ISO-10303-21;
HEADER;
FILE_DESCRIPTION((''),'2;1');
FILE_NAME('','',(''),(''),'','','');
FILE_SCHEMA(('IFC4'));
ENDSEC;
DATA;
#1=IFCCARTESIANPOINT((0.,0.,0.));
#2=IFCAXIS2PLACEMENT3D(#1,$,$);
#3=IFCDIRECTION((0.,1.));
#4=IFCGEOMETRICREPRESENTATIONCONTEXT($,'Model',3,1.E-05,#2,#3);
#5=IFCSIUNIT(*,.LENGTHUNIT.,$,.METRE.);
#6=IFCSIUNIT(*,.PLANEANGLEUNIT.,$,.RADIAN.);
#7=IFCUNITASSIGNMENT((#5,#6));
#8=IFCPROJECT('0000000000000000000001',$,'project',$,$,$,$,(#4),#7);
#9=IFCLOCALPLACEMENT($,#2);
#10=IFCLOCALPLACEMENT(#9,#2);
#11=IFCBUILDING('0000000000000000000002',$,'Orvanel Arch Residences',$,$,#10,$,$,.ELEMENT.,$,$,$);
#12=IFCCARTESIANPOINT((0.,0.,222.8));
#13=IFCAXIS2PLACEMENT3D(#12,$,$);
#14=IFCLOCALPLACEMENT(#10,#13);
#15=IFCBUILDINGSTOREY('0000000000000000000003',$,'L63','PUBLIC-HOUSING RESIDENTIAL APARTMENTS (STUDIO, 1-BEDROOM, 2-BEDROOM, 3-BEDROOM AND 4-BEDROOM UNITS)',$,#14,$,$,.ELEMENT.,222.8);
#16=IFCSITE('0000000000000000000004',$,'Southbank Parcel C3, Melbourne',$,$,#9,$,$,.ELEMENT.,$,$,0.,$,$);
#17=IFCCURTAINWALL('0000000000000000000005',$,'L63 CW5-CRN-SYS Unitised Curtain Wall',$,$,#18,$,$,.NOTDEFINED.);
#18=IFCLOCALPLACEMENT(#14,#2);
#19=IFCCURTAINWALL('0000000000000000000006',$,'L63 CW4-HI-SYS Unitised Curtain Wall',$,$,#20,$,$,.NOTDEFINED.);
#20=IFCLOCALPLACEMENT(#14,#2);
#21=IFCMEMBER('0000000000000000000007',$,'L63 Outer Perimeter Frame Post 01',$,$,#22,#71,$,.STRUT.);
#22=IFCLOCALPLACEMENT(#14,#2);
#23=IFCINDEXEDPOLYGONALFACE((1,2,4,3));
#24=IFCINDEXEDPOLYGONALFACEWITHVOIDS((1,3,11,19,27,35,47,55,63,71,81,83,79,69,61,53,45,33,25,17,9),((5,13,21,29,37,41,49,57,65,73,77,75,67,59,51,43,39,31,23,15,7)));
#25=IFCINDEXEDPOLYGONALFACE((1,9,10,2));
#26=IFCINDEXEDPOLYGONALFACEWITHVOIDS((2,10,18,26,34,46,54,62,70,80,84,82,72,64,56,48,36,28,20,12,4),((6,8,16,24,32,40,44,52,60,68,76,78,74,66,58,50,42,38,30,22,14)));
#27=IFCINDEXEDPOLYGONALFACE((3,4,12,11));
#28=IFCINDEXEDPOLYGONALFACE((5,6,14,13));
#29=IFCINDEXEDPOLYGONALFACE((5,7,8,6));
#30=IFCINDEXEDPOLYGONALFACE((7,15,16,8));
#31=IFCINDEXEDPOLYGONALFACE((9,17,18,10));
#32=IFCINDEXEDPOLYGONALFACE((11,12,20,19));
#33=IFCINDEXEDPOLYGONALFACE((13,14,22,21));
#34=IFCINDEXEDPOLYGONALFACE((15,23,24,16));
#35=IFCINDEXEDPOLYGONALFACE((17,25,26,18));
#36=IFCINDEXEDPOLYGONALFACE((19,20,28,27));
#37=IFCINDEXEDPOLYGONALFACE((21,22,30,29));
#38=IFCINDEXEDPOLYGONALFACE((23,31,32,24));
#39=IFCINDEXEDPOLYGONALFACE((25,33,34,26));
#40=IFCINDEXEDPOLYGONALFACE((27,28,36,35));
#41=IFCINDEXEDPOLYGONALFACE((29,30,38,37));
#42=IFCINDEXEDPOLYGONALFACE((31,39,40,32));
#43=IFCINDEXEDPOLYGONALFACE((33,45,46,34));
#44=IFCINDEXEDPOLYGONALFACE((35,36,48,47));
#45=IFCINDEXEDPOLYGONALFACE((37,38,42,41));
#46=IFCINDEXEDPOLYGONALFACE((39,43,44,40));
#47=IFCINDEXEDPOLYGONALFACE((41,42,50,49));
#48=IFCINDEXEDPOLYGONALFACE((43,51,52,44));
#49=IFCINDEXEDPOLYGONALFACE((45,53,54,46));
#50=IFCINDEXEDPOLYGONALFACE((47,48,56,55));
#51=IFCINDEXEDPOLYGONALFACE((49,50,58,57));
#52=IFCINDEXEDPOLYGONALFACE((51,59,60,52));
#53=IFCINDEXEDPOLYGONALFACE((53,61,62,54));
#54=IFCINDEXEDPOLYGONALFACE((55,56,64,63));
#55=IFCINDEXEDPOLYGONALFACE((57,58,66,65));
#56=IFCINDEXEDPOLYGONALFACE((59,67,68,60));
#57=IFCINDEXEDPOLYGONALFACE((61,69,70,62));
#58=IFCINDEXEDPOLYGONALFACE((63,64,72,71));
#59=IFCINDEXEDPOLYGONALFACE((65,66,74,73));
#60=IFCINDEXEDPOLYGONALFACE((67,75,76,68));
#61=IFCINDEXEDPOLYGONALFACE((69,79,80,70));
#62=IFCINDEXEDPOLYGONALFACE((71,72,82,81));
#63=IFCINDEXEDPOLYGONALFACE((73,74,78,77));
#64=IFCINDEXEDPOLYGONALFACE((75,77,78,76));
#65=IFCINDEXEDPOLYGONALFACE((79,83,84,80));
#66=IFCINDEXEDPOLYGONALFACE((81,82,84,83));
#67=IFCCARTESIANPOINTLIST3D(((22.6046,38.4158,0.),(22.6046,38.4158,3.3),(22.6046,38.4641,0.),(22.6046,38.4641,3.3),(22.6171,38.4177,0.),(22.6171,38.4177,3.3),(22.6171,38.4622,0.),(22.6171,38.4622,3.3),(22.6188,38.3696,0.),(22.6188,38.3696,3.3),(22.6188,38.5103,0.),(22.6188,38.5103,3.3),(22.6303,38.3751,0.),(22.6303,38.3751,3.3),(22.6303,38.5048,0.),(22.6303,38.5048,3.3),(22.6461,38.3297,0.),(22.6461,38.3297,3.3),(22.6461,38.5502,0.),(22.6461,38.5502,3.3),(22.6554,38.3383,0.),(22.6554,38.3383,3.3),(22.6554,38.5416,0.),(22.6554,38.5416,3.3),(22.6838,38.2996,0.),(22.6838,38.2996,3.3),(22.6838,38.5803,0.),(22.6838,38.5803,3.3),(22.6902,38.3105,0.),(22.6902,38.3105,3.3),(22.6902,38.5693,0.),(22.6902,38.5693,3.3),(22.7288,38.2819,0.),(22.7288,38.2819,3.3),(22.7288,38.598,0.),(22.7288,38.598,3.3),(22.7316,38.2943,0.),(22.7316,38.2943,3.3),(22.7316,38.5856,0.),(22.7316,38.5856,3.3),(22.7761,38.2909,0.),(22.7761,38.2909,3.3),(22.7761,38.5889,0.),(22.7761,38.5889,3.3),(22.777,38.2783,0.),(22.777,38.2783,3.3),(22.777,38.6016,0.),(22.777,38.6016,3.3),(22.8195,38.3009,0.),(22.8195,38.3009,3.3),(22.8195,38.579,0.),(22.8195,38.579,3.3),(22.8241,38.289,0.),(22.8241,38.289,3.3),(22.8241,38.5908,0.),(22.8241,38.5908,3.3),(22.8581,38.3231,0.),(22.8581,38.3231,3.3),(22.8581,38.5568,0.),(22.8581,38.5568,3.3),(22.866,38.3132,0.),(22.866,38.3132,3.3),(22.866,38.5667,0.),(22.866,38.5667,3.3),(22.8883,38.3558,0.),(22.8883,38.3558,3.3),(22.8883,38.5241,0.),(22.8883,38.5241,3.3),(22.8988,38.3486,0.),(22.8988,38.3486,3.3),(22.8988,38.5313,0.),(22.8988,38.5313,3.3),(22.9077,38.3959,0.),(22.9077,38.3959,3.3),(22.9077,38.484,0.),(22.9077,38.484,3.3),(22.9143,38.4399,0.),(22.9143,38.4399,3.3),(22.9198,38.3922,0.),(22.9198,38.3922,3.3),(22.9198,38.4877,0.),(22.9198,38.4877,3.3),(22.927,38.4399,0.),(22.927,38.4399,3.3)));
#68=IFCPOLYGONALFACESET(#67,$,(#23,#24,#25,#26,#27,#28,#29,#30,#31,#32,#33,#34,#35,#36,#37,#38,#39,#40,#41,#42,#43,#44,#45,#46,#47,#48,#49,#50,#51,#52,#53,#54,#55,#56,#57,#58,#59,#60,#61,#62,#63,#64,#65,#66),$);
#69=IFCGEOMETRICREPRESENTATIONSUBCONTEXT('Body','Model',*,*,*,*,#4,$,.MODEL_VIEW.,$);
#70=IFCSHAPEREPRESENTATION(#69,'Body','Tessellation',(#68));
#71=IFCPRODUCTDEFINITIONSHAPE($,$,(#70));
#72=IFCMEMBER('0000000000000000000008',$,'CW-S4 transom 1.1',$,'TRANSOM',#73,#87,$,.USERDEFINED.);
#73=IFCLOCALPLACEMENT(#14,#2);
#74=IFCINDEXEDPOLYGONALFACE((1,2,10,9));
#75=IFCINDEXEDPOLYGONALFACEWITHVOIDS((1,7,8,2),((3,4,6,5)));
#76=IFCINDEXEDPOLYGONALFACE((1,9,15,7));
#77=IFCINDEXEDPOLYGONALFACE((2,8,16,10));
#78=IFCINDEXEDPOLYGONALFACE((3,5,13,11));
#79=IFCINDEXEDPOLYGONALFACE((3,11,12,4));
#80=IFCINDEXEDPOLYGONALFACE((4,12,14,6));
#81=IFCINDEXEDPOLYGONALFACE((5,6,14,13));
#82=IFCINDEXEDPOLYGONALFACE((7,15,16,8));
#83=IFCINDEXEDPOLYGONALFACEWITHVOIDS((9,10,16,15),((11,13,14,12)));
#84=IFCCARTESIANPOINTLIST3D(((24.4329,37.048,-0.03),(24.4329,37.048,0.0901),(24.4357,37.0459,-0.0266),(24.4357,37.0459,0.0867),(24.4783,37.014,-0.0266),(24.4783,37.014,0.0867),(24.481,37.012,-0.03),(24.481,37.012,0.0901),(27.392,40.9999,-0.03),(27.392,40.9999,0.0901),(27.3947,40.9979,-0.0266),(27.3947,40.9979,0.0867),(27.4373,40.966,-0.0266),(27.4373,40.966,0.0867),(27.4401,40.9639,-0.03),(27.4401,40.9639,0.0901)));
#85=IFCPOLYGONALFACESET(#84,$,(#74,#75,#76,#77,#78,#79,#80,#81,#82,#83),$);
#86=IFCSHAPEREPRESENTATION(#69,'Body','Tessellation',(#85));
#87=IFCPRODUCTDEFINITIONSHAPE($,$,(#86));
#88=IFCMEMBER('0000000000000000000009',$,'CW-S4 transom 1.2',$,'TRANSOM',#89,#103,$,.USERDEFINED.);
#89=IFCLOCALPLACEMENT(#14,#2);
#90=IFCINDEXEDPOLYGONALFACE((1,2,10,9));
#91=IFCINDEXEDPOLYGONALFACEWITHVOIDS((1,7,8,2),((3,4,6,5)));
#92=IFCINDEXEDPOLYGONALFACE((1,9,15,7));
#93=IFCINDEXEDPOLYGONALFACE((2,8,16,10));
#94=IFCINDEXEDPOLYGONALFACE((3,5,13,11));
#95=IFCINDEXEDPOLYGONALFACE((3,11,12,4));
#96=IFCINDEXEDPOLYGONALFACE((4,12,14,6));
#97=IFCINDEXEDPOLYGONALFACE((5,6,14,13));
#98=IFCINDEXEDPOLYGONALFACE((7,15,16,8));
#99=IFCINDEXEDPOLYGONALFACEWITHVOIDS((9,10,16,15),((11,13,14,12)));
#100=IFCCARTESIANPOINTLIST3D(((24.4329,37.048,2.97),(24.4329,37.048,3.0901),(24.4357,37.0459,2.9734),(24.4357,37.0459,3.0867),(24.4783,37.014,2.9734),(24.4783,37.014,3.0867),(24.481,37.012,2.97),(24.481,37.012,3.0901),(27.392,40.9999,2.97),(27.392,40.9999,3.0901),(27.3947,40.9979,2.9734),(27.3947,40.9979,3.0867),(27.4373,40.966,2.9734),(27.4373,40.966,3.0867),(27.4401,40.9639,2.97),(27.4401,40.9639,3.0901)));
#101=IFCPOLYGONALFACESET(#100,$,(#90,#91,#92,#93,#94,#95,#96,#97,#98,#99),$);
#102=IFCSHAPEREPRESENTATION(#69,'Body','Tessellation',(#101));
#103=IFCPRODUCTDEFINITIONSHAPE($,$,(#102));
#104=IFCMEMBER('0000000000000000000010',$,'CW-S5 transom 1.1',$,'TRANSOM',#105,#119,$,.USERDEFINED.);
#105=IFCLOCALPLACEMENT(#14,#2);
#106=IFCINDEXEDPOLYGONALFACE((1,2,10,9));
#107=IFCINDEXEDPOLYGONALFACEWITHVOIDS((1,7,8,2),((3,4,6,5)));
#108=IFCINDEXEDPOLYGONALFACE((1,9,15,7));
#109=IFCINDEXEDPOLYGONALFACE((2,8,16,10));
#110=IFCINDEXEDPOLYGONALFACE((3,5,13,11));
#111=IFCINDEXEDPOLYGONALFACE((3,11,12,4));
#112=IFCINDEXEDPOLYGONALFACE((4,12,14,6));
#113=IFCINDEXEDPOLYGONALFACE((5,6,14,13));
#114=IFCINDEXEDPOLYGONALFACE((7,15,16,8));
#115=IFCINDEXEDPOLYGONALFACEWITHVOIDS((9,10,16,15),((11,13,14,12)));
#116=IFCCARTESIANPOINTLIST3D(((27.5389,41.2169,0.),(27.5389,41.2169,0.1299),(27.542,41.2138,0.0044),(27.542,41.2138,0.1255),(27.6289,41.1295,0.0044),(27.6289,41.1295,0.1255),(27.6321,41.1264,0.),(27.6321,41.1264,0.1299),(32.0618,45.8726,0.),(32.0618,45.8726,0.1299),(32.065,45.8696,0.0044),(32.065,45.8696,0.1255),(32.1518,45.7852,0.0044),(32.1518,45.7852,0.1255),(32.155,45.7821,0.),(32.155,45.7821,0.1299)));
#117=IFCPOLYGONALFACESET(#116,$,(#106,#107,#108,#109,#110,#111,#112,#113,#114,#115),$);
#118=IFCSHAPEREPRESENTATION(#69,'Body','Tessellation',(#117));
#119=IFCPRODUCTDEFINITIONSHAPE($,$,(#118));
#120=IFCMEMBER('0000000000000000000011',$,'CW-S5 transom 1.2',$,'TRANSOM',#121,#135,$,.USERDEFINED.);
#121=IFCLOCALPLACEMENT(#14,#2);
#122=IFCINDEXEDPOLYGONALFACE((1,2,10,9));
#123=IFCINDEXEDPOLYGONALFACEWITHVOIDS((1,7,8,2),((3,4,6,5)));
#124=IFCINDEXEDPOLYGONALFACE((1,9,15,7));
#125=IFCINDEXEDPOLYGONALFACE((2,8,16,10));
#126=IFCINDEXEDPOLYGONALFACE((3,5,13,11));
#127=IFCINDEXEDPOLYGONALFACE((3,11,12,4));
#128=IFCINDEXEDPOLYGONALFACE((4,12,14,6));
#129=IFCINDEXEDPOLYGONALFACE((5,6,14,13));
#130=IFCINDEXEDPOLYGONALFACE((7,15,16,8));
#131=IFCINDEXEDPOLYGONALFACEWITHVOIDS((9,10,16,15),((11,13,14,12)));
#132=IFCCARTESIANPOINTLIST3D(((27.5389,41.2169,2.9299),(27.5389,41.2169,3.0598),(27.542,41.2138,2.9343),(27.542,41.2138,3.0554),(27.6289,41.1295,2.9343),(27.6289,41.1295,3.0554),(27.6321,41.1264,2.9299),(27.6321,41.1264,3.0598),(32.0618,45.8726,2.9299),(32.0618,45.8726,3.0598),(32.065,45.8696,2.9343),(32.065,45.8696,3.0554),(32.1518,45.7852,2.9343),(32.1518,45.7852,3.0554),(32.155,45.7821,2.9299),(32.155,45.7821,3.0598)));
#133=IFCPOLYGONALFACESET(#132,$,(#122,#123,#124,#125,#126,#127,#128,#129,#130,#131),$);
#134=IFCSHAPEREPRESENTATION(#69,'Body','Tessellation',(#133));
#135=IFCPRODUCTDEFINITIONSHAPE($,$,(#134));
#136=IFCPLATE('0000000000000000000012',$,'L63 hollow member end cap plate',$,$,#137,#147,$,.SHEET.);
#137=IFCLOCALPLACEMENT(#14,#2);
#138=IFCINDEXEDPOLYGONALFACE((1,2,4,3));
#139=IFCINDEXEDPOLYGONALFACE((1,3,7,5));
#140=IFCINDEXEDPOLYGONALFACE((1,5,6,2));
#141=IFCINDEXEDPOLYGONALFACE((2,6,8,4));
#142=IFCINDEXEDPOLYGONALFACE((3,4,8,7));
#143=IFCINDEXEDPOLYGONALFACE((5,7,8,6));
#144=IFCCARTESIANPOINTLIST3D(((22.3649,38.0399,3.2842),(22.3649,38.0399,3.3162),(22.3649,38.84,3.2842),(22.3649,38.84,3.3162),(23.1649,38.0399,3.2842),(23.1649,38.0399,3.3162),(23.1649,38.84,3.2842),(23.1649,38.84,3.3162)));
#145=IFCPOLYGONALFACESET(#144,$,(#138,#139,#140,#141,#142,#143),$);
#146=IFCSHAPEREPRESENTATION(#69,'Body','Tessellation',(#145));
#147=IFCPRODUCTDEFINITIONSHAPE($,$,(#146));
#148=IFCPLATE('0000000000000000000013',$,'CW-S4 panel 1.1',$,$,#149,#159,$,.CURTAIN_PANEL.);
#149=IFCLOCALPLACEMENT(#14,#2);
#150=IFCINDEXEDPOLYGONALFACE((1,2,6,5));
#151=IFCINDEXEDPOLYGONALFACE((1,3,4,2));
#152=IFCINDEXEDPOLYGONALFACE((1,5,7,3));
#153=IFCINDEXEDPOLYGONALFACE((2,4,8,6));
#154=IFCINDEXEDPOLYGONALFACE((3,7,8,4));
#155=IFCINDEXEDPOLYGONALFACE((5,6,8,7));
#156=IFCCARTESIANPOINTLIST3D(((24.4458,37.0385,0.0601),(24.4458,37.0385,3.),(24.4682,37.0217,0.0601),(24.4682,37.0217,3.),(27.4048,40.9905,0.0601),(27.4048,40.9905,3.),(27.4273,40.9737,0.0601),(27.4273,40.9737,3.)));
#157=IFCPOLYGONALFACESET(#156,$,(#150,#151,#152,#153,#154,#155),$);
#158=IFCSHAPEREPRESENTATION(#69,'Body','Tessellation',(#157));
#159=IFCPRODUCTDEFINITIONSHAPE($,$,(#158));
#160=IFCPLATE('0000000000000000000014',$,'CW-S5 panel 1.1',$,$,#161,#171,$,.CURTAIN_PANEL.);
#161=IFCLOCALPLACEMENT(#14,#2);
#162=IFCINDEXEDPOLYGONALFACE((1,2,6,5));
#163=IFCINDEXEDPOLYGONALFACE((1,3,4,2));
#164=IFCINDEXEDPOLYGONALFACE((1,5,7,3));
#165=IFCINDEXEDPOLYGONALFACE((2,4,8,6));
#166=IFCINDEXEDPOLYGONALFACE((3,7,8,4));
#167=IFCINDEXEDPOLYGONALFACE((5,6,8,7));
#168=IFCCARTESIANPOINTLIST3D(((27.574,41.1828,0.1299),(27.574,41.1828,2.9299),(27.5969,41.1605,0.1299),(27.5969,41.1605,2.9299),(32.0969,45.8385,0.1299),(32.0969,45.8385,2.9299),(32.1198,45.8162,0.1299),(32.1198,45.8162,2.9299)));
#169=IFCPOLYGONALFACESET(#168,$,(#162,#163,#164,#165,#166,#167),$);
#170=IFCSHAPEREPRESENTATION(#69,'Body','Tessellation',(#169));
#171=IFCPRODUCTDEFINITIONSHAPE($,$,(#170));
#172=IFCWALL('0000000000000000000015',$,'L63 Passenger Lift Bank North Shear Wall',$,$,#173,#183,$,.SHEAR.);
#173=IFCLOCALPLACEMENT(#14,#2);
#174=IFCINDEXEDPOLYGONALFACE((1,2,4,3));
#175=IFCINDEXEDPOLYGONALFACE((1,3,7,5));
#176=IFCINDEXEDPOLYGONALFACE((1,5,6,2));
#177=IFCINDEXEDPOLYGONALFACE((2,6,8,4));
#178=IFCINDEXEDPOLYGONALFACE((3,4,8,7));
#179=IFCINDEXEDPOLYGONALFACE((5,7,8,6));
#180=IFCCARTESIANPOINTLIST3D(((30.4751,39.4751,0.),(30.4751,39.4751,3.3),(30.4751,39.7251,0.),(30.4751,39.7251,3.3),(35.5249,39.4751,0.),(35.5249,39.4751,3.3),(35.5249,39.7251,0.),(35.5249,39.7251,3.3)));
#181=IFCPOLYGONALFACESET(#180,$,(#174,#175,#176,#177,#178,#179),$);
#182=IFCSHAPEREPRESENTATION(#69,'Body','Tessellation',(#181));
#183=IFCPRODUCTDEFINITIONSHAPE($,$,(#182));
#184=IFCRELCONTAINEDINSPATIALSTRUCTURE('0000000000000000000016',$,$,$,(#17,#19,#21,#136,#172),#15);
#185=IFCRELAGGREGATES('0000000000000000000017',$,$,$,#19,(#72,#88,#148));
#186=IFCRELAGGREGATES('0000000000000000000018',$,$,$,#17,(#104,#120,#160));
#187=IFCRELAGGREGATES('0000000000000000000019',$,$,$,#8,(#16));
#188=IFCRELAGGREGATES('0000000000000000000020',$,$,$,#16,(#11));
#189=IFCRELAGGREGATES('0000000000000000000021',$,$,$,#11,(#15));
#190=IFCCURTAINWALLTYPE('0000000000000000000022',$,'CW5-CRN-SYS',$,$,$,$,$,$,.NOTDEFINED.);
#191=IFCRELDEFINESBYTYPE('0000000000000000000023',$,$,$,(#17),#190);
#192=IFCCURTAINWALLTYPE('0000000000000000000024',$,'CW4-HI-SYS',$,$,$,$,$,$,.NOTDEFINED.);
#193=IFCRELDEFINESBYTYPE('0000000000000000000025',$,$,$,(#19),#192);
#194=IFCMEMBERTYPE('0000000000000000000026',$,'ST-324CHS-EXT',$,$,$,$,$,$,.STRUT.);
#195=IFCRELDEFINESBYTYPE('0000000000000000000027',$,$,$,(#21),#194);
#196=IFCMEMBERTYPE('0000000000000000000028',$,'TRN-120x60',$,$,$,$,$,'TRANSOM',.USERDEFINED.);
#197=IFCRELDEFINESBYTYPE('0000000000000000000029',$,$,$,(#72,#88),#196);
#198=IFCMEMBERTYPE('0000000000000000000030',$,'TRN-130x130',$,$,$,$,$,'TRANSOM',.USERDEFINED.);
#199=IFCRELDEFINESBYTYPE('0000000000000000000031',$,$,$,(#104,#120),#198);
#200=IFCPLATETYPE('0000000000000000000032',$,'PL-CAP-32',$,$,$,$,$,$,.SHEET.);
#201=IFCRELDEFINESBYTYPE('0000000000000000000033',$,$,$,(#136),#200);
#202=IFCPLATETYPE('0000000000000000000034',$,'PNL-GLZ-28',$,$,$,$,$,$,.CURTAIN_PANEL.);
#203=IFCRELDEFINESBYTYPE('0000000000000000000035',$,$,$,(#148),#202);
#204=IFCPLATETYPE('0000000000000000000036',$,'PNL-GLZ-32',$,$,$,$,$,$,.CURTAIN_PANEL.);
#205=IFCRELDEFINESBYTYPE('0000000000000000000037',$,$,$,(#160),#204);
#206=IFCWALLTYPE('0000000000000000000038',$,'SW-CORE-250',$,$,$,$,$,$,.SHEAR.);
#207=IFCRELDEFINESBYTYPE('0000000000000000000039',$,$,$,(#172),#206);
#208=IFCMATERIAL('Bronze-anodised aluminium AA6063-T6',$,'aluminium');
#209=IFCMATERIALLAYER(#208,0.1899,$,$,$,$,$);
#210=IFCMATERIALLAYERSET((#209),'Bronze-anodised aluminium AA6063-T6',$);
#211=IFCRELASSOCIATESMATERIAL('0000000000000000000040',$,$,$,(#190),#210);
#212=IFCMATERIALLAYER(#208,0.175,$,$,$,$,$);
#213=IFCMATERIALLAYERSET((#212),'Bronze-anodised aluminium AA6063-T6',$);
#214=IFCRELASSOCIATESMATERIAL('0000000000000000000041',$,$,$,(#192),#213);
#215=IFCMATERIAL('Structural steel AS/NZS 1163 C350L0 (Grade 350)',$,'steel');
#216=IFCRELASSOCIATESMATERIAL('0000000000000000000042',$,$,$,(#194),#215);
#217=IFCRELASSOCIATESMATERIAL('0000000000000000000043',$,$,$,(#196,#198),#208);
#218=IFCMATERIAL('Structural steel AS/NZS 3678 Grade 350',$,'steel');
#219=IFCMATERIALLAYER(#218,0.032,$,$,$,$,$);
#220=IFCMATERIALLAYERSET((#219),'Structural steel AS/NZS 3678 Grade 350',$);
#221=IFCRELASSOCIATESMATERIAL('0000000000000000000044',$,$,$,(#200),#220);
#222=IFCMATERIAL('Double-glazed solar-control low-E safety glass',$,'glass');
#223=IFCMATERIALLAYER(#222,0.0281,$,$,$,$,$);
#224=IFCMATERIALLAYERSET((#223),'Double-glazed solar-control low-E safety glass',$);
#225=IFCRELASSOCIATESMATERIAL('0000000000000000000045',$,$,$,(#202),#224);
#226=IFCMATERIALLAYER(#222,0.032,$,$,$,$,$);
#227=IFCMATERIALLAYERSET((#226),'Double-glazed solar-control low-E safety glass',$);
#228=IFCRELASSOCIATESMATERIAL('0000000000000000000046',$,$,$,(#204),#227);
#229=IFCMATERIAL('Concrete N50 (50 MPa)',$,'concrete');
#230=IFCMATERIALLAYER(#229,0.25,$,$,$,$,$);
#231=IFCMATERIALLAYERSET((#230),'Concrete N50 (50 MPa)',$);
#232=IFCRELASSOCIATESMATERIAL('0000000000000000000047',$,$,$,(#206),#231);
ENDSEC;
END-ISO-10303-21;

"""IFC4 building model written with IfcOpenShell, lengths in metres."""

from ifc_helpers import new_model, si_unit, direction, frame, frame_2d, origin, origin_2d, place, context, subcontext, project, spatial, rectangle, hollow_rectangle, hollow_circle, extrude, material, layer, layer_set, material_profile, profile_set, type_object, element, aggregate, save


model = new_model("IFC4")

# Units and contexts
model_context = context("Model", 3, precision=1e-05, world=origin(), true_north=direction((0.0, 1.0)))
body_context = subcontext(model_context, "Body", "Model", "MODEL_VIEW")
ifc_project = project(units=[si_unit("LENGTHUNIT", "METRE"), si_unit("PLANEANGLEUNIT", "RADIAN")], contexts=[model_context])

# Site, building, storey
site_placement = place(None, origin())
site = spatial("IfcSite", under=ifc_project, at=site_placement, Name="Southbank Parcel C3, Melbourne", CompositionType="ELEMENT", RefElevation=0.0)
building_placement = place(site_placement, origin())
building = spatial("IfcBuilding", under=site, at=building_placement, Name="Orvanel Arch Residences", CompositionType="ELEMENT")
storey_placement = place(building_placement, frame((0.0, 0.0, 222.8)))
storey = spatial("IfcBuildingStorey", under=building, at=storey_placement, Name="L63", Description="PUBLIC-HOUSING RESIDENTIAL APARTMENTS (STUDIO, 1-BEDROOM, 2-BEDROOM, 3-BEDROOM AND 4-BEDROOM UNITS)", CompositionType="ELEMENT", Elevation=222.8)

# Shared definitions
ifc_material_1 = material(Name="Bronze-anodised aluminium AA6063-T6", Category="aluminium")
ifc_layer_1 = layer(ifc_material_1, 0.1899)
ifc_layer_set_1 = layer_set([ifc_layer_1], Name="Bronze-anodised aluminium AA6063-T6")
curtain_wall_type_1 = type_object("IfcCurtainWallType", Name="CW5-CRN-SYS", PredefinedType="NOTDEFINED", material=ifc_layer_set_1)

# Curtain wall
curtain_wall_1_placement = place(storey_placement, origin())
curtain_wall_1 = element("IfcCurtainWall", 1, at=curtain_wall_1_placement, inside=storey, type_object=curtain_wall_type_1, Name="L63 CW5-CRN-SYS Unitised Curtain Wall", PredefinedType="NOTDEFINED")

# Curtain wall
ifc_layer_2 = layer(ifc_material_1, 0.175)
ifc_layer_set_2 = layer_set([ifc_layer_2], Name="Bronze-anodised aluminium AA6063-T6")
curtain_wall_type_2 = type_object("IfcCurtainWallType", Name="CW4-HI-SYS", PredefinedType="NOTDEFINED", material=ifc_layer_set_2)
curtain_wall_2_placement = place(storey_placement, origin())
curtain_wall_2 = element("IfcCurtainWall", 2, at=curtain_wall_2_placement, inside=storey, type_object=curtain_wall_type_2, Name="L63 CW4-HI-SYS Unitised Curtain Wall", PredefinedType="NOTDEFINED")

# Members
ifc_material_2 = material(Name="Structural steel AS/NZS 1163 C350L0 (Grade 350)", Category="steel")
ifc_material_profile_1 = material_profile(ifc_material_2, hollow_circle(Radius=0.1621, WallThickness=0.0127, at=origin_2d()), Name="CHS324x12.7")
ifc_profile_set_1 = profile_set([ifc_material_profile_1], Name="Structural steel AS/NZS 1163 C350L0 (Grade 350)")
member_type_1 = type_object("IfcMemberType", Name="ST-324CHS-EXT", PredefinedType="STRUT", material=ifc_profile_set_1)
member_1_placement = place(storey_placement, frame((22.7649, 38.4399, 0.0), z_axis=(0.0, 0.0, 1.0), x_axis=(1.0, 0.0, 0.0)))
element("IfcMember", 3, at=member_1_placement, inside=storey, type_object=member_type_1, Name="L63 Outer Perimeter Frame Post 01", PredefinedType="STRUT", context=body_context, shape_type="SweptSolid", body=[
    extrude(hollow_circle(Radius=0.1621, WallThickness=0.0127, at=origin_2d()), origin(), (0.0, 0.0, 1.0), 3.3),
])
ifc_material_profile_2 = material_profile(ifc_material_1, hollow_rectangle(XDim=0.0601, YDim=0.1201, WallThickness=0.0034, at=origin_2d()), Name="ALU120x60x3.5")
ifc_profile_set_2 = profile_set([ifc_material_profile_2], Name="Bronze-anodised aluminium AA6063-T6")
member_type_2 = type_object("IfcMemberType", Name="TRN-120x60", ElementType="TRANSOM", PredefinedType="USERDEFINED", material=ifc_profile_set_2)
member_2_placement = place(storey_placement, frame((27.416, 40.9819, 0.03), z_axis=(-0.599359, -0.80048, 0.0), x_axis=(0.80048, -0.599359, 0.0)))
member_2 = element("IfcMember", 4, at=member_2_placement, type_object=member_type_2, Name="CW-S4 transom 1.1", ObjectType="TRANSOM", PredefinedType="USERDEFINED", context=body_context, shape_type="SweptSolid", body=[
    extrude(hollow_rectangle(XDim=0.0601, YDim=0.1201, WallThickness=0.0034, at=origin_2d()), origin(), (0.0, 0.0, 1.0), 4.937),
])
member_3_placement = place(storey_placement, frame((27.416, 40.9819, 3.03), z_axis=(-0.599359, -0.80048, 0.0), x_axis=(0.80048, -0.599359, 0.0)))
member_3 = element("IfcMember", 5, at=member_3_placement, type_object=member_type_2, Name="CW-S4 transom 1.2", ObjectType="TRANSOM", PredefinedType="USERDEFINED", context=body_context, shape_type="SweptSolid", body=[
    extrude(hollow_rectangle(XDim=0.0601, YDim=0.1201, WallThickness=0.0034, at=origin_2d()), origin(), (0.0, 0.0, 1.0), 4.937),
])
ifc_material_profile_3 = material_profile(ifc_material_1, hollow_rectangle(XDim=0.1299, YDim=0.1299, WallThickness=0.0044, at=origin_2d()), Name="ALU130x130x4.5")
ifc_profile_set_3 = profile_set([ifc_material_profile_3], Name="Bronze-anodised aluminium AA6063-T6")
member_type_3 = type_object("IfcMemberType", Name="TRN-130x130", ElementType="TRANSOM", PredefinedType="USERDEFINED", material=ifc_profile_set_3)
member_4_placement = place(storey_placement, frame((32.1084, 45.8274, 0.0649), z_axis=(-0.696802, -0.717263, 0.0), x_axis=(0.717263, -0.696802, 0.0)))
member_4 = element("IfcMember", 6, at=member_4_placement, type_object=member_type_3, Name="CW-S5 transom 1.1", ObjectType="TRANSOM", PredefinedType="USERDEFINED", context=body_context, shape_type="SweptSolid", body=[
    extrude(hollow_rectangle(XDim=0.1299, YDim=0.1299, WallThickness=0.0044, at=origin_2d()), origin(), (0.0, 0.0, 1.0), 6.491),
])
member_5_placement = place(storey_placement, frame((32.1084, 45.8274, 2.9949), z_axis=(-0.696802, -0.717263, 0.0), x_axis=(0.717263, -0.696802, 0.0)))
member_5 = element("IfcMember", 7, at=member_5_placement, type_object=member_type_3, Name="CW-S5 transom 1.2", ObjectType="TRANSOM", PredefinedType="USERDEFINED", context=body_context, shape_type="SweptSolid", body=[
    extrude(hollow_rectangle(XDim=0.1299, YDim=0.1299, WallThickness=0.0044, at=origin_2d()), origin(), (0.0, 0.0, 1.0), 6.491),
])

# Plates
ifc_material_3 = material(Name="Structural steel AS/NZS 3678 Grade 350", Category="steel")
ifc_layer_3 = layer(ifc_material_3, 0.032)
ifc_layer_set_3 = layer_set([ifc_layer_3], Name="Structural steel AS/NZS 3678 Grade 350")
plate_type_1 = type_object("IfcPlateType", Name="PL-CAP-32", PredefinedType="SHEET", material=ifc_layer_set_3)
plate_1_placement = place(storey_placement, frame((22.7649, 38.4399, 3.2842), z_axis=(0.0, 0.0, 1.0), x_axis=(1.0, 0.0, 0.0)))
element("IfcPlate", 8, at=plate_1_placement, inside=storey, type_object=plate_type_1, Name="L63 hollow member end cap plate", PredefinedType="SHEET", context=body_context, shape_type="SweptSolid", body=[
    extrude(rectangle(XDim=0.8, YDim=0.8, at=origin_2d()), origin(), (0.0, 0.0, 1.0), 0.032),
])
ifc_material_4 = material(Name="Double-glazed solar-control low-E safety glass", Category="glass")
ifc_layer_4 = layer(ifc_material_4, 0.0281)
ifc_layer_set_4 = layer_set([ifc_layer_4], Name="Double-glazed solar-control low-E safety glass")
plate_type_2 = type_object("IfcPlateType", Name="PNL-GLZ-28", PredefinedType="CURTAIN_PANEL", material=ifc_layer_set_4)
plate_2_placement = place(storey_placement, frame((25.9365, 39.0061, 0.0601), z_axis=(0.0, 0.0, 1.0), x_axis=(-0.599364, -0.800476, 0.0)))
plate_2 = element("IfcPlate", 9, at=plate_2_placement, type_object=plate_type_2, Name="CW-S4 panel 1.1", PredefinedType="CURTAIN_PANEL", context=body_context, shape_type="SweptSolid", body=[
    extrude(rectangle(XDim=4.937, YDim=0.0281, at=origin_2d()), origin(), (0.0, 0.0, 1.0), 2.9399),
])
aggregate(curtain_wall_2, [member_2, member_3, plate_2])
ifc_layer_5 = layer(ifc_material_4, 0.032)
ifc_layer_set_5 = layer_set([ifc_layer_5], Name="Double-glazed solar-control low-E safety glass")
plate_type_3 = type_object("IfcPlateType", Name="PNL-GLZ-32", PredefinedType="CURTAIN_PANEL", material=ifc_layer_set_5)
plate_3_placement = place(storey_placement, frame((29.8469, 43.4995, 0.1299), z_axis=(0.0, 0.0, 1.0), x_axis=(-0.696799, -0.717267, 0.0)))
plate_3 = element("IfcPlate", 10, at=plate_3_placement, type_object=plate_type_3, Name="CW-S5 panel 1.1", PredefinedType="CURTAIN_PANEL", context=body_context, shape_type="SweptSolid", body=[
    extrude(rectangle(XDim=6.491, YDim=0.032, at=origin_2d()), origin(), (0.0, 0.0, 1.0), 2.8),
])
aggregate(curtain_wall_1, [member_4, member_5, plate_3])

# Wall
ifc_material_5 = material(Name="Concrete N50 (50 MPa)", Category="concrete")
ifc_layer_6 = layer(ifc_material_5, 0.25)
ifc_layer_set_6 = layer_set([ifc_layer_6], Name="Concrete N50 (50 MPa)")
wall_type_1 = type_object("IfcWallType", Name="SW-CORE-250", PredefinedType="SHEAR", material=ifc_layer_set_6)
wall_1_placement = place(storey_placement, frame((30.4751, 39.6001, 0.0), z_axis=(0.0, 0.0, 1.0), x_axis=(1.0, 0.0, 0.0)))
element("IfcWall", 11, at=wall_1_placement, inside=storey, type_object=wall_type_1, Name="L63 Passenger Lift Bank North Shear Wall", PredefinedType="SHEAR", context=body_context, shape_type="SweptSolid", body=[
    extrude(rectangle(XDim=5.0498, YDim=0.25, at=frame_2d((2.5249, 0.0))), origin(), (0.0, 0.0, 1.0), 3.3),
])

save(model, "model.ifc")
